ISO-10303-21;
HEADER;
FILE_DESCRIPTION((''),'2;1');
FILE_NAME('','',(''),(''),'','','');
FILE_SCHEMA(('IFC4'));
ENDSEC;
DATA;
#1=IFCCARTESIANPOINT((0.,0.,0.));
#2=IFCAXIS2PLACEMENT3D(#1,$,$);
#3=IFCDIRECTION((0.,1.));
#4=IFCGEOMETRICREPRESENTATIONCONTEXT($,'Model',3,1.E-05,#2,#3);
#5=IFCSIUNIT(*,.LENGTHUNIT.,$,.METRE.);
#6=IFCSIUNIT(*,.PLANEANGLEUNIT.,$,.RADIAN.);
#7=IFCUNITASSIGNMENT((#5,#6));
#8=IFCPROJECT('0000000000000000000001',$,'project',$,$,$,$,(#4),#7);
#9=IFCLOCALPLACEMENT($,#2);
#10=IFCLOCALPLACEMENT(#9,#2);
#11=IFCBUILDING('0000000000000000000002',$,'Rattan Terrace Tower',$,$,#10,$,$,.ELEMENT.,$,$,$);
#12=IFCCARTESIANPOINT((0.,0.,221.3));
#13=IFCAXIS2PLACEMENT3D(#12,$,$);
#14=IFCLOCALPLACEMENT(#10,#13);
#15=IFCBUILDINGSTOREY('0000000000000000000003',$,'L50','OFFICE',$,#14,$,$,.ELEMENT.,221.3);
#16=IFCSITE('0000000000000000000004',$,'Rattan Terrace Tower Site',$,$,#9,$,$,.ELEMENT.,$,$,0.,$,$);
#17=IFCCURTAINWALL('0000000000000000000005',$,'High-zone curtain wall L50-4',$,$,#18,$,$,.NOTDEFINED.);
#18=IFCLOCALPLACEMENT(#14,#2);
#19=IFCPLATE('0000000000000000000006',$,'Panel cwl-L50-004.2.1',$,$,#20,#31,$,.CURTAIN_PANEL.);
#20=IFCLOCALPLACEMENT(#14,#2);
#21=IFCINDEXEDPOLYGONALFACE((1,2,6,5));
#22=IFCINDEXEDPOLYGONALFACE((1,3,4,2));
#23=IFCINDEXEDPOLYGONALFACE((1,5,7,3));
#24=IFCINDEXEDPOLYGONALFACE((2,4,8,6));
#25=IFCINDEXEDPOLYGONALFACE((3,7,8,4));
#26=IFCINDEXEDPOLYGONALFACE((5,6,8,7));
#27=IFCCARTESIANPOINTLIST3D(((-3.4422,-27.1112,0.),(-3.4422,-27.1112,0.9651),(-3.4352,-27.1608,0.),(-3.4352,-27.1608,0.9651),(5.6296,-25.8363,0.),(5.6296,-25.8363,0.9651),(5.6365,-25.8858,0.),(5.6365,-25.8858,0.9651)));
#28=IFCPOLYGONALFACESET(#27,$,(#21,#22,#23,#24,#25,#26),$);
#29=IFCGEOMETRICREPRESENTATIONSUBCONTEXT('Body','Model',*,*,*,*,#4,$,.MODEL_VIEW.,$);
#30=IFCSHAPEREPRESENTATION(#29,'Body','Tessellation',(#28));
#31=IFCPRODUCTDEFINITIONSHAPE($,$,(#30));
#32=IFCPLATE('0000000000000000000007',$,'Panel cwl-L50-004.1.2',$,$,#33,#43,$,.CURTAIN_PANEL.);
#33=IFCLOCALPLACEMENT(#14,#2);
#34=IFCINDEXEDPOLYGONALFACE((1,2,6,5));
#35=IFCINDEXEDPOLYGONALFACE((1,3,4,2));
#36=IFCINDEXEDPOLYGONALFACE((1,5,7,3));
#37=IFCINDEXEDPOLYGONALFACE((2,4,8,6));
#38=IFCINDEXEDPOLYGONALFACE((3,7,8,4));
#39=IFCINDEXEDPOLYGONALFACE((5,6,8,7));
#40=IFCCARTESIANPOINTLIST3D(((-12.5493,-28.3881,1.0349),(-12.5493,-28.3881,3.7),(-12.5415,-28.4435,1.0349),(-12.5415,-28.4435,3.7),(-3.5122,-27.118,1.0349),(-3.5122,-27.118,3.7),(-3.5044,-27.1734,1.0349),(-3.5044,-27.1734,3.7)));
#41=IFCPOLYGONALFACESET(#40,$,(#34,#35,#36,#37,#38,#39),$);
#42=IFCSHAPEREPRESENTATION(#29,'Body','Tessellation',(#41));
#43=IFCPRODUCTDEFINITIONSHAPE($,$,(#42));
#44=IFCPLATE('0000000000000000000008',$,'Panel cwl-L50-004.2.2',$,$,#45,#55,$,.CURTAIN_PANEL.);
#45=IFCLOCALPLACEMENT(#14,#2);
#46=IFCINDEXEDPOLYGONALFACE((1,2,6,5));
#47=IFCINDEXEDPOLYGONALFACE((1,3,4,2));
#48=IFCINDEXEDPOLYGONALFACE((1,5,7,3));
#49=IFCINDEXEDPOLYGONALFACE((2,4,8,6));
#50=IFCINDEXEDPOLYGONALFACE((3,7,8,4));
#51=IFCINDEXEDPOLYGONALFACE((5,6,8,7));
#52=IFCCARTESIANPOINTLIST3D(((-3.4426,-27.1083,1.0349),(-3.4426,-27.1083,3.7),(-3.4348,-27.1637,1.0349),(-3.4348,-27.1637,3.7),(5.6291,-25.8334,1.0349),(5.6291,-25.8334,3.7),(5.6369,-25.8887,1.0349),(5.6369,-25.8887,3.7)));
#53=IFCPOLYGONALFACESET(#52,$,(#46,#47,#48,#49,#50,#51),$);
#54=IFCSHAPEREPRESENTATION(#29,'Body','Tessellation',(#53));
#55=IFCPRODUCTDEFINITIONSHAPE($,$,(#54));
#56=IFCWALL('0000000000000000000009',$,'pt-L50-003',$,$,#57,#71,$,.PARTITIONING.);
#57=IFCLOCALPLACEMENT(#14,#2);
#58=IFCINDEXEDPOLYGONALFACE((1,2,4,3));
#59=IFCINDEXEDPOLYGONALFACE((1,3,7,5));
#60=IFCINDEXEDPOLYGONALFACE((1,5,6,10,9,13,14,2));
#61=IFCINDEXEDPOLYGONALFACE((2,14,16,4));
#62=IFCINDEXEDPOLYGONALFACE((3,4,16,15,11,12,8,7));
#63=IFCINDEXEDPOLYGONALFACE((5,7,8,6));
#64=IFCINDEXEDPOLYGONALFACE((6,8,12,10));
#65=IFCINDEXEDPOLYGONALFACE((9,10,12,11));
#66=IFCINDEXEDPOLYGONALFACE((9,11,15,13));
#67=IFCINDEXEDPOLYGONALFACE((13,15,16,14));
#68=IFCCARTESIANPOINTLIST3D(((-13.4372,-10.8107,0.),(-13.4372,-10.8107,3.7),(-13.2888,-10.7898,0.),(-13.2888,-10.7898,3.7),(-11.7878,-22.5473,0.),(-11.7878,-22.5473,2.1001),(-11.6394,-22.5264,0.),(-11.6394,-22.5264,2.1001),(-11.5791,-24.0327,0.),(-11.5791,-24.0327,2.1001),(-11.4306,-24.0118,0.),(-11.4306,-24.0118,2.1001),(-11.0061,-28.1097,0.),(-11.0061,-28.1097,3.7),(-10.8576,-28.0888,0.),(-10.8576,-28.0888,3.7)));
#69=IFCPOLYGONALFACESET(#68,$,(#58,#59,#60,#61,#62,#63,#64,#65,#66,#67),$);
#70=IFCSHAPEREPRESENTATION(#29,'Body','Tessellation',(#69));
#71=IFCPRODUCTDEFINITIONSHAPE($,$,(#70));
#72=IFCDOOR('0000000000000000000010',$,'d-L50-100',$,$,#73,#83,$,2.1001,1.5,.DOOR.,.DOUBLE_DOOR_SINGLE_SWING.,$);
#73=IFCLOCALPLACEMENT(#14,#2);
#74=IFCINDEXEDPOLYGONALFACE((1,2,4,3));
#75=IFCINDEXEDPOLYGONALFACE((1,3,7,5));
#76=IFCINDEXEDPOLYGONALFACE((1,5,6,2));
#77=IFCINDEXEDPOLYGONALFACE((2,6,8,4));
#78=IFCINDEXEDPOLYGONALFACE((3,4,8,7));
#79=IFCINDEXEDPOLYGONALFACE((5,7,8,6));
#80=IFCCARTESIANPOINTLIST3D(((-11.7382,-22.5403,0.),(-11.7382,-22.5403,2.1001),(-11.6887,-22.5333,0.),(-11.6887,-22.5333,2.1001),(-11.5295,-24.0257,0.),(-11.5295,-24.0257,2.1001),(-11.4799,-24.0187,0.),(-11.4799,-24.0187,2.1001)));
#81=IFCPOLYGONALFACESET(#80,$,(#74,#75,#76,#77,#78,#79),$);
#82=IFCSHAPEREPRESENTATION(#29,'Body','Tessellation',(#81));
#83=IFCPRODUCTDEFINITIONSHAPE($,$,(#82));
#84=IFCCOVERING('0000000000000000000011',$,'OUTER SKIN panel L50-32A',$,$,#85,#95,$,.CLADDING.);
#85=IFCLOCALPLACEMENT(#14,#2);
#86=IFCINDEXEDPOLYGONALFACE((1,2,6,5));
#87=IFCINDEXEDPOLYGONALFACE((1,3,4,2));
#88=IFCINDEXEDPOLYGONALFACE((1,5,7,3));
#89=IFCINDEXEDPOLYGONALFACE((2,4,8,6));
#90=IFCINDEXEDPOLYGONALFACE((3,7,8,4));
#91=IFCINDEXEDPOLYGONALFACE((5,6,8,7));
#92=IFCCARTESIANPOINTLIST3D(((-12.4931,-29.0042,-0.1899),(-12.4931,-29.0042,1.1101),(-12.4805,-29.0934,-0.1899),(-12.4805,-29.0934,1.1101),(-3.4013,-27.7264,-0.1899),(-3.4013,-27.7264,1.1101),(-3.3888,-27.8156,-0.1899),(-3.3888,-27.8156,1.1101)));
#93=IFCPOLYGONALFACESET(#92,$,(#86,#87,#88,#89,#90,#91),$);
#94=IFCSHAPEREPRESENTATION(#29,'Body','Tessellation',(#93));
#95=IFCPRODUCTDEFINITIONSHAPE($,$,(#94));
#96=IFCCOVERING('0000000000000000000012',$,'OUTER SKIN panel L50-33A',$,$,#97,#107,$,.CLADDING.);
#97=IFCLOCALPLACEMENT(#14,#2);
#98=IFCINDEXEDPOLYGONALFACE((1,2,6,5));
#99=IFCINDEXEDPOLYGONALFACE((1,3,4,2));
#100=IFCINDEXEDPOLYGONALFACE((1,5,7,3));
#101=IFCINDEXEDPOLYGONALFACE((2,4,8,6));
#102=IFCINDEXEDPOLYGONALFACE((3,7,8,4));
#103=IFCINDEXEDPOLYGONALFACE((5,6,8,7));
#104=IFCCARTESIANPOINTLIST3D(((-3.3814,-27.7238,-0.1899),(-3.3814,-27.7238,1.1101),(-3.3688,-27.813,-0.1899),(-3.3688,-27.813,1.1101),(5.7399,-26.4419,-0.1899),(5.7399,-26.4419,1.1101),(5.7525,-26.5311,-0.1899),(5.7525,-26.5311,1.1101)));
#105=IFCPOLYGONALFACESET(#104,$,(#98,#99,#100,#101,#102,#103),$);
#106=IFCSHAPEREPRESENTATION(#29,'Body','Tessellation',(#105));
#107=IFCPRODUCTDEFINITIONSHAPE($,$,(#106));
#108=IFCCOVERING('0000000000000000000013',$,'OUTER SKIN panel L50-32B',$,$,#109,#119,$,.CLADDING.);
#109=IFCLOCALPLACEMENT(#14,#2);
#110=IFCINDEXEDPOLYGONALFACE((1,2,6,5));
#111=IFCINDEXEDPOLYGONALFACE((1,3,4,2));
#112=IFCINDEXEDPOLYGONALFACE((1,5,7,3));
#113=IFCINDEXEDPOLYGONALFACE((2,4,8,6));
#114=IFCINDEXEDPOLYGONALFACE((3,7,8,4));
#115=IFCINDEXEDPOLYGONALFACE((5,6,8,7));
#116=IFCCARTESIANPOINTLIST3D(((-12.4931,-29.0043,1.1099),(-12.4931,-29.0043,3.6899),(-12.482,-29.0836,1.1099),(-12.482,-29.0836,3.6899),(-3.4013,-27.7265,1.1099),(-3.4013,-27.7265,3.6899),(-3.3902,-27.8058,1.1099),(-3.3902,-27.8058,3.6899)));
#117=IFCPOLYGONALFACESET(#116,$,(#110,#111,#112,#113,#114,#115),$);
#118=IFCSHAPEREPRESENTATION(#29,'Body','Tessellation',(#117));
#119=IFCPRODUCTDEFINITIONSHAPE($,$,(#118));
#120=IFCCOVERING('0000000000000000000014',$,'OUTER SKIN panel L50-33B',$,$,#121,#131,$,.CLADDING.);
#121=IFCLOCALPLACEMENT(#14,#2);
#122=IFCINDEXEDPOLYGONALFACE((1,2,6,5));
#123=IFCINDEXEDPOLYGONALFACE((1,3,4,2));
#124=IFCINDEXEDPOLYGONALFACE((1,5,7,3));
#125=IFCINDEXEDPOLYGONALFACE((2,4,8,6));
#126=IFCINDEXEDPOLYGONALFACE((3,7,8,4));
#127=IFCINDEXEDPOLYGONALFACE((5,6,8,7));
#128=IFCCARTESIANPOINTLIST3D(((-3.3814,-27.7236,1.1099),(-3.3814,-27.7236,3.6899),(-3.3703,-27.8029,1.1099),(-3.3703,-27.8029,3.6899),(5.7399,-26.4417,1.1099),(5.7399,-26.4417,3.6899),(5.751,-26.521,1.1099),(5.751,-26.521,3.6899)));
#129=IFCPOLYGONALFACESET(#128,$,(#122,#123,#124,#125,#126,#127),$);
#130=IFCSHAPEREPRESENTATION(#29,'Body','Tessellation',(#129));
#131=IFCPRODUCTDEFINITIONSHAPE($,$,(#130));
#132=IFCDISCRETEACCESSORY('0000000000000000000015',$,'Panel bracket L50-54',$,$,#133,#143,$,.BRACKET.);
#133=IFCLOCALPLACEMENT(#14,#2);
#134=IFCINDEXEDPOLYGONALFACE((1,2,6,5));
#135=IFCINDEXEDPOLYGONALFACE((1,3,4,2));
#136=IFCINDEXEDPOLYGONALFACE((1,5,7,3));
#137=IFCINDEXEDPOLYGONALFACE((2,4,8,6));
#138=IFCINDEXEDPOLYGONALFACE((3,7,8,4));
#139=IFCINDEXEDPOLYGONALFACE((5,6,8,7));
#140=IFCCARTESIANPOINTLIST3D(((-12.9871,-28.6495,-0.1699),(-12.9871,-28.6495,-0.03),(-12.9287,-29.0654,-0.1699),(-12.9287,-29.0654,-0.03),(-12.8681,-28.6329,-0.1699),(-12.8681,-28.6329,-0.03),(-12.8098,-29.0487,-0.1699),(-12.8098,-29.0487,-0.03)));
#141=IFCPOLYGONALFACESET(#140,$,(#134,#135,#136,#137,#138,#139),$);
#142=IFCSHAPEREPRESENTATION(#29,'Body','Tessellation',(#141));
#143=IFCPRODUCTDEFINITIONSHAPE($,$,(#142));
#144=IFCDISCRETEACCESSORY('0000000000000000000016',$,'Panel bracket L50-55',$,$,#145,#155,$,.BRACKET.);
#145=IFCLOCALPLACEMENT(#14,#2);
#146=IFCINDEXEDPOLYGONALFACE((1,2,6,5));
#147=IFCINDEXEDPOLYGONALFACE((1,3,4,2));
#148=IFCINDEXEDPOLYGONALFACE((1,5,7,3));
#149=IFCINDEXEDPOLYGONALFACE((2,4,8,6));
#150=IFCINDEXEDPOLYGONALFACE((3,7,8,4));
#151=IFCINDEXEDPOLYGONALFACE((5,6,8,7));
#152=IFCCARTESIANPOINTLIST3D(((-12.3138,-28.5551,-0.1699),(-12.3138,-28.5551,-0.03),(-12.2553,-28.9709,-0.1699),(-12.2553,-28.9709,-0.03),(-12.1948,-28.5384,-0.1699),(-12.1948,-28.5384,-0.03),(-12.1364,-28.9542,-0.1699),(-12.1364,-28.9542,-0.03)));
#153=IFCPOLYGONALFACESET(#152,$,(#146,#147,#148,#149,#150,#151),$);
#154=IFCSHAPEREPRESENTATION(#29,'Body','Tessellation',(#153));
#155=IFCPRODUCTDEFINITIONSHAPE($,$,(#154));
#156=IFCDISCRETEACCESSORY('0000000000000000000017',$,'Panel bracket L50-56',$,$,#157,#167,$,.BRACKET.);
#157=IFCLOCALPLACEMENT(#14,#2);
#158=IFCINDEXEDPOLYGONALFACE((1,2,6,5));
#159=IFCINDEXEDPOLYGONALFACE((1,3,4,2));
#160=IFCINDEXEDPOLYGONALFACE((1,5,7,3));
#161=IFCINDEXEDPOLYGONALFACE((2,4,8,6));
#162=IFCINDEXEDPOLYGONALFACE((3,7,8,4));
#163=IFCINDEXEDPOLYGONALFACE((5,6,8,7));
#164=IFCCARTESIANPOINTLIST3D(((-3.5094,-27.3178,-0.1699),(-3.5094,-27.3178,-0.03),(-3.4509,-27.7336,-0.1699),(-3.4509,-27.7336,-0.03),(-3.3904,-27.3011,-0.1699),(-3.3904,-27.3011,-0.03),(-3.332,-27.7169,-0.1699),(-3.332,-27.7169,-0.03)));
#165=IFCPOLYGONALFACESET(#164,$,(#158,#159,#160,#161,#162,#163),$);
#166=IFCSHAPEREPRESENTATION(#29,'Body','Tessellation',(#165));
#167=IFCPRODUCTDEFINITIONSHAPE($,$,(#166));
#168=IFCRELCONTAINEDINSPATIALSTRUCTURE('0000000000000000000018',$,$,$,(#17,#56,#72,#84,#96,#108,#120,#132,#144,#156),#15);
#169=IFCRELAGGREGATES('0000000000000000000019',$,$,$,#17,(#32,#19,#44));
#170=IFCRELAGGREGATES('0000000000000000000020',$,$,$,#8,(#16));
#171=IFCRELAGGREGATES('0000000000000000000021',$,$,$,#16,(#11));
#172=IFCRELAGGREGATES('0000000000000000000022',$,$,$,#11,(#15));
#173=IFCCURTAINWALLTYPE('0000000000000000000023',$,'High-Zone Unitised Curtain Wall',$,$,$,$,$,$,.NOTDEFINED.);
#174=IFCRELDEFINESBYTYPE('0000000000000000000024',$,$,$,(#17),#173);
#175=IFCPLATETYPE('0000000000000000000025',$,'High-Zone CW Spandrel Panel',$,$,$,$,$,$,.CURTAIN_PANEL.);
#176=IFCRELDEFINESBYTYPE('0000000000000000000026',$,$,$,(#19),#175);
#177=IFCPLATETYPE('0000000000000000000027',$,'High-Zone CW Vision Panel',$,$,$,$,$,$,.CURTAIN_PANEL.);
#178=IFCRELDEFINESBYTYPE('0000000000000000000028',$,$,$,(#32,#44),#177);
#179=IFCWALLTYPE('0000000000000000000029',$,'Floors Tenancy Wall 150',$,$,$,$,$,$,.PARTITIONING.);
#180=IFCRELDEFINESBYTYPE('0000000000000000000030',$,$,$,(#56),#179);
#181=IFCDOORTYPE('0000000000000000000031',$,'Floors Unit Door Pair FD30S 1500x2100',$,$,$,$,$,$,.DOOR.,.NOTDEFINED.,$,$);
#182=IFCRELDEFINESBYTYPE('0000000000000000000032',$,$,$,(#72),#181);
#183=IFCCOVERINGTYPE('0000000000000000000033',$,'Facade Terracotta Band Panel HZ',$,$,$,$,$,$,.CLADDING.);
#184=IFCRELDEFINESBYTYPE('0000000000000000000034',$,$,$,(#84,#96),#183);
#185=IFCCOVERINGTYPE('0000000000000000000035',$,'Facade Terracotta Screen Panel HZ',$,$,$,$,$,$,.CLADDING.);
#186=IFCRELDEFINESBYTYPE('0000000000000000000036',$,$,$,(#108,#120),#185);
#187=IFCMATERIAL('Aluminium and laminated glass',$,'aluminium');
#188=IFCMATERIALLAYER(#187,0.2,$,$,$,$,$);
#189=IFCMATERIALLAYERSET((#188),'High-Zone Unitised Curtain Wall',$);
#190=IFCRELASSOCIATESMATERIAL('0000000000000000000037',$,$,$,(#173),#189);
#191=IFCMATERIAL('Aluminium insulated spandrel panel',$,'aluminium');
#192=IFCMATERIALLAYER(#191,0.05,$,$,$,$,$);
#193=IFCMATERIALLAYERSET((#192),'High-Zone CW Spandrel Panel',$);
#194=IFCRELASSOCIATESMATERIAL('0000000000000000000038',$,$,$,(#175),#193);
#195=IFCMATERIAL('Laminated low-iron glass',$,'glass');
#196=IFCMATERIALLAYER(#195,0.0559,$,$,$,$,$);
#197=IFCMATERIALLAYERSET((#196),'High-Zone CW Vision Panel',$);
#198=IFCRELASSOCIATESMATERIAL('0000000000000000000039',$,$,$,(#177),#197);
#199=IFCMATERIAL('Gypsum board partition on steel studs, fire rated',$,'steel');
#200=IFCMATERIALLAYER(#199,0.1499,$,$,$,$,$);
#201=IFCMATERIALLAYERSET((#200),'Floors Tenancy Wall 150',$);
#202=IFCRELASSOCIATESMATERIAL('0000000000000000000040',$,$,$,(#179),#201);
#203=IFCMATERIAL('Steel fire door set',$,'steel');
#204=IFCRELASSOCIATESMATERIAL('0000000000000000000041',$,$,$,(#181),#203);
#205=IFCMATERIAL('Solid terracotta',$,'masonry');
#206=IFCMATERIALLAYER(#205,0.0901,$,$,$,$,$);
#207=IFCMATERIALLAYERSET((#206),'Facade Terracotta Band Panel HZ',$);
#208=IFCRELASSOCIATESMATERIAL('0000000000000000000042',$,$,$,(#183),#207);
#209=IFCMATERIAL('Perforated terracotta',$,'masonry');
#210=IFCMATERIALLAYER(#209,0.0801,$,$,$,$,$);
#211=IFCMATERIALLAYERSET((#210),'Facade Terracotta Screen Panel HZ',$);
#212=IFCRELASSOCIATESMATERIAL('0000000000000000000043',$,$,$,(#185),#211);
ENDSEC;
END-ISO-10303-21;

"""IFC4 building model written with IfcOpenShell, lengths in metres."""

from ifc_helpers import new_model, si_unit, direction, frame, frame_2d, origin, origin_2d, place, context, subcontext, project, spatial, rectangle, extrude, material, layer, layer_set, type_object, element, fill, aggregate, save


model = new_model("IFC4")

# Units and contexts
model_context = context("Model", 3, precision=1e-05, world=origin(), true_north=direction((0.0, 1.0)))
body_context = subcontext(model_context, "Body", "Model", "MODEL_VIEW")
ifc_project = project(units=[si_unit("LENGTHUNIT", "METRE"), si_unit("PLANEANGLEUNIT", "RADIAN")], contexts=[model_context])

# Site, building, storey
site_placement = place(None, origin())
site = spatial("IfcSite", under=ifc_project, at=site_placement, Name="Rattan Terrace Tower Site", CompositionType="ELEMENT", RefElevation=0.0)
building_placement = place(site_placement, origin())
building = spatial("IfcBuilding", under=site, at=building_placement, Name="Rattan Terrace Tower", CompositionType="ELEMENT")
storey_placement = place(building_placement, frame((0.0, 0.0, 221.3)))
storey = spatial("IfcBuildingStorey", under=building, at=storey_placement, Name="L50", Description="OFFICE", CompositionType="ELEMENT", Elevation=221.3)

# Curtain wall, plates
ifc_material_1 = material(Name="Aluminium and laminated glass", Category="aluminium")
ifc_layer_1 = layer(ifc_material_1, 0.2)
ifc_layer_set_1 = layer_set([ifc_layer_1], Name="High-Zone Unitised Curtain Wall")
curtain_wall_type = type_object("IfcCurtainWallType", Name="High-Zone Unitised Curtain Wall", PredefinedType="NOTDEFINED", material=ifc_layer_set_1)
curtain_wall_placement = place(storey_placement, origin())
curtain_wall = element("IfcCurtainWall", 1, at=curtain_wall_placement, inside=storey, type_object=curtain_wall_type, Name="High-zone curtain wall L50-4", PredefinedType="NOTDEFINED")
ifc_material_2 = material(Name="Aluminium insulated spandrel panel", Category="aluminium")
ifc_layer_2 = layer(ifc_material_2, 0.05)
ifc_layer_set_2 = layer_set([ifc_layer_2], Name="High-Zone CW Spandrel Panel")
plate_type_1 = type_object("IfcPlateType", Name="High-Zone CW Spandrel Panel", PredefinedType="CURTAIN_PANEL", material=ifc_layer_set_2)
plate_1_placement = place(storey_placement, frame((1.0972, -26.4985, 0.0), z_axis=(0.0, 0.0, 1.0), x_axis=(0.990267, 0.139177, 0.0)))
plate_1 = element("IfcPlate", 2, at=plate_1_placement, type_object=plate_type_1, Name="Panel cwl-L50-004.2.1", PredefinedType="CURTAIN_PANEL", context=body_context, shape_type="SweptSolid", body=[
    extrude(rectangle(XDim=9.1609, YDim=0.05, at=origin_2d()), origin(), (0.0, 0.0, 1.0), 0.9651),
])
ifc_material_3 = material(Name="Laminated low-iron glass", Category="glass")
ifc_layer_3 = layer(ifc_material_3, 0.0559)
ifc_layer_set_3 = layer_set([ifc_layer_3], Name="High-Zone CW Vision Panel")
plate_type_2 = type_object("IfcPlateType", Name="High-Zone CW Vision Panel", PredefinedType="CURTAIN_PANEL", material=ifc_layer_set_3)
plate_2_placement = place(storey_placement, frame((-8.0269, -27.7808, 1.0349), z_axis=(0.0, 0.0, 1.0), x_axis=(0.990267, 0.139177, 0.0)))
plate_2 = element("IfcPlate", 3, at=plate_2_placement, type_object=plate_type_2, Name="Panel cwl-L50-004.1.2", PredefinedType="CURTAIN_PANEL", context=body_context, shape_type="SweptSolid", body=[
    extrude(rectangle(XDim=9.126, YDim=0.0559, at=origin_2d()), origin(), (0.0, 0.0, 1.0), 2.665),
])
plate_3_placement = place(storey_placement, frame((1.0972, -26.4985, 1.0349), z_axis=(0.0, 0.0, 1.0), x_axis=(0.990267, 0.139177, 0.0)))
plate_3 = element("IfcPlate", 4, at=plate_3_placement, type_object=plate_type_2, Name="Panel cwl-L50-004.2.2", PredefinedType="CURTAIN_PANEL", context=body_context, shape_type="SweptSolid", body=[
    extrude(rectangle(XDim=9.1609, YDim=0.0559, at=origin_2d()), origin(), (0.0, 0.0, 1.0), 2.665),
])
aggregate(curtain_wall, [plate_2, plate_1, plate_3])

# Wall, opening, door
ifc_material_4 = material(Name="Gypsum board partition on steel studs, fire rated", Category="steel")
ifc_layer_4 = layer(ifc_material_4, 0.1499)
ifc_layer_set_4 = layer_set([ifc_layer_4], Name="Floors Tenancy Wall 150")
wall_type = type_object("IfcWallType", Name="Floors Tenancy Wall 150", PredefinedType="PARTITIONING", material=ifc_layer_set_4)
wall_placement = place(storey_placement, frame((-10.9319, -28.0991, 0.0), z_axis=(0.0, 0.0, 1.0), x_axis=(-0.139169, 0.990269, 0.0)))
wall = element("IfcWall", 5, at=wall_placement, inside=storey, type_object=wall_type, Name="pt-L50-003", PredefinedType="PARTITIONING", context=body_context, shape_type="SweptSolid", body=[
    extrude(rectangle(XDim=17.469, YDim=0.1499, at=frame_2d((8.7344, 0.0))), origin(), (0.0, 0.0, 1.0), 3.7),
])
opening_placement = place(wall_placement, frame((4.1169, 0.0, 0.0)))
opening = element("IfcOpeningElement", 6, at=opening_placement, cuts=wall, PredefinedType="OPENING", context=body_context, shape_type="SweptSolid", body=[
    extrude(rectangle(XDim=1.5, YDim=2.1001, at=frame_2d((0.75, 1.05))), frame((0.0, 0.0854, 0.0), z_axis=(0.0, -1.0, 0.0), x_axis=(1.0, 0.0, 0.0)), (0.0, 0.0, 1.0), 0.1709),
])
ifc_material_5 = material(Name="Steel fire door set", Category="steel")
door_type = type_object("IfcDoorType", Name="Floors Unit Door Pair FD30S 1500x2100", OperationType="NOTDEFINED", PredefinedType="DOOR", material=ifc_material_5)
door_placement = place(opening_placement, origin())
door = element("IfcDoor", 7, at=door_placement, inside=storey, type_object=door_type, Name="d-L50-100", OperationType="DOUBLE_DOOR_SINGLE_SWING", OverallHeight=2.1001, OverallWidth=1.5, PredefinedType="DOOR", context=body_context, shape_type="SweptSolid", body=[
    extrude(rectangle(XDim=1.5, YDim=2.1001, at=frame_2d((0.75, 1.05))), frame((0.0, 0.0249, 0.0), z_axis=(0.0, -1.0, 0.0), x_axis=(1.0, 0.0, 0.0)), (0.0, 0.0, 1.0), 0.05),
])
fill(opening, door)

# Coverings
ifc_material_6 = material(Name="Solid terracotta", Category="masonry")
ifc_layer_5 = layer(ifc_material_6, 0.0901)
ifc_layer_set_5 = layer_set([ifc_layer_5], Name="Facade Terracotta Band Panel HZ")
covering_type_1 = type_object("IfcCoveringType", Name="Facade Terracotta Band Panel HZ", PredefinedType="CLADDING", material=ifc_layer_set_5)
covering_1_placement = place(storey_placement, frame((-7.9409, -28.4099, -0.1899), z_axis=(0.0, 0.0, 1.0), x_axis=(0.990267, 0.139177, 0.0)))
element("IfcCovering", 8, at=covering_1_placement, inside=storey, type_object=covering_type_1, Name="OUTER SKIN panel L50-32A", PredefinedType="CLADDING", context=body_context, shape_type="SweptSolid", body=[
    extrude(rectangle(XDim=9.1812, YDim=0.0901, at=origin_2d()), origin(), (0.0, 0.0, 1.0), 1.3),
])
covering_2_placement = place(storey_placement, frame((1.1855, -27.1274, -0.1899), z_axis=(0.0, 0.0, 1.0), x_axis=(0.990267, 0.139177, 0.0)))
element("IfcCovering", 9, at=covering_2_placement, inside=storey, type_object=covering_type_1, Name="OUTER SKIN panel L50-33A", PredefinedType="CLADDING", context=body_context, shape_type="SweptSolid", body=[
    extrude(rectangle(XDim=9.2109, YDim=0.0901, at=origin_2d()), origin(), (0.0, 0.0, 1.0), 1.3),
])
ifc_material_7 = material(Name="Perforated terracotta", Category="masonry")
ifc_layer_6 = layer(ifc_material_7, 0.0801)
ifc_layer_set_6 = layer_set([ifc_layer_6], Name="Facade Terracotta Screen Panel HZ")
covering_type_2 = type_object("IfcCoveringType", Name="Facade Terracotta Screen Panel HZ", PredefinedType="CLADDING", material=ifc_layer_set_6)
covering_3_placement = place(storey_placement, frame((-7.9417, -28.405, 1.1099), z_axis=(0.0, 0.0, 1.0), x_axis=(0.990267, 0.139177, 0.0)))
element("IfcCovering", 10, at=covering_3_placement, inside=storey, type_object=covering_type_2, Name="OUTER SKIN panel L50-32B", PredefinedType="CLADDING", context=body_context, shape_type="SweptSolid", body=[
    extrude(rectangle(XDim=9.1812, YDim=0.0801, at=origin_2d()), origin(), (0.0, 0.0, 1.0), 2.5801),
])
covering_4_placement = place(storey_placement, frame((1.1848, -27.1223, 1.1099), z_axis=(0.0, 0.0, 1.0), x_axis=(0.990267, 0.139177, 0.0)))
element("IfcCovering", 11, at=covering_4_placement, inside=storey, type_object=covering_type_2, Name="OUTER SKIN panel L50-33B", PredefinedType="CLADDING", context=body_context, shape_type="SweptSolid", body=[
    extrude(rectangle(XDim=9.2109, YDim=0.0801, at=origin_2d()), origin(), (0.0, 0.0, 1.0), 2.5801),
])

# Discrete accessories
for number, where, z_axis, x_axis, name in (
    (12, (-12.8984, -28.8491, -0.1699), (0.0, 0.0, 1.0), (0.990293, 0.138994, 0.0), "Panel bracket L50-54"),
    (13, (-12.2251, -28.7546, -0.1699), (0.0, 0.0, 1.0), (0.990267, 0.139177, 0.0), "Panel bracket L50-55"),
    (14, (-3.4207, -27.5173, -0.1699), (0.0, 0.0, 1.0), (0.990267, 0.139177, 0.0), "Panel bracket L50-56"),
):
    element("IfcDiscreteAccessory", number, at=place(storey_placement, frame(where, z_axis=z_axis, x_axis=x_axis)), inside=storey, Name=name, PredefinedType="BRACKET", context=body_context, shape_type="SweptSolid", body=[
        extrude(rectangle(XDim=0.1201, YDim=0.4199, at=origin_2d()), origin(), (0.0, 0.0, 1.0), 0.1399),
    ])

save(model, "model.ifc")
